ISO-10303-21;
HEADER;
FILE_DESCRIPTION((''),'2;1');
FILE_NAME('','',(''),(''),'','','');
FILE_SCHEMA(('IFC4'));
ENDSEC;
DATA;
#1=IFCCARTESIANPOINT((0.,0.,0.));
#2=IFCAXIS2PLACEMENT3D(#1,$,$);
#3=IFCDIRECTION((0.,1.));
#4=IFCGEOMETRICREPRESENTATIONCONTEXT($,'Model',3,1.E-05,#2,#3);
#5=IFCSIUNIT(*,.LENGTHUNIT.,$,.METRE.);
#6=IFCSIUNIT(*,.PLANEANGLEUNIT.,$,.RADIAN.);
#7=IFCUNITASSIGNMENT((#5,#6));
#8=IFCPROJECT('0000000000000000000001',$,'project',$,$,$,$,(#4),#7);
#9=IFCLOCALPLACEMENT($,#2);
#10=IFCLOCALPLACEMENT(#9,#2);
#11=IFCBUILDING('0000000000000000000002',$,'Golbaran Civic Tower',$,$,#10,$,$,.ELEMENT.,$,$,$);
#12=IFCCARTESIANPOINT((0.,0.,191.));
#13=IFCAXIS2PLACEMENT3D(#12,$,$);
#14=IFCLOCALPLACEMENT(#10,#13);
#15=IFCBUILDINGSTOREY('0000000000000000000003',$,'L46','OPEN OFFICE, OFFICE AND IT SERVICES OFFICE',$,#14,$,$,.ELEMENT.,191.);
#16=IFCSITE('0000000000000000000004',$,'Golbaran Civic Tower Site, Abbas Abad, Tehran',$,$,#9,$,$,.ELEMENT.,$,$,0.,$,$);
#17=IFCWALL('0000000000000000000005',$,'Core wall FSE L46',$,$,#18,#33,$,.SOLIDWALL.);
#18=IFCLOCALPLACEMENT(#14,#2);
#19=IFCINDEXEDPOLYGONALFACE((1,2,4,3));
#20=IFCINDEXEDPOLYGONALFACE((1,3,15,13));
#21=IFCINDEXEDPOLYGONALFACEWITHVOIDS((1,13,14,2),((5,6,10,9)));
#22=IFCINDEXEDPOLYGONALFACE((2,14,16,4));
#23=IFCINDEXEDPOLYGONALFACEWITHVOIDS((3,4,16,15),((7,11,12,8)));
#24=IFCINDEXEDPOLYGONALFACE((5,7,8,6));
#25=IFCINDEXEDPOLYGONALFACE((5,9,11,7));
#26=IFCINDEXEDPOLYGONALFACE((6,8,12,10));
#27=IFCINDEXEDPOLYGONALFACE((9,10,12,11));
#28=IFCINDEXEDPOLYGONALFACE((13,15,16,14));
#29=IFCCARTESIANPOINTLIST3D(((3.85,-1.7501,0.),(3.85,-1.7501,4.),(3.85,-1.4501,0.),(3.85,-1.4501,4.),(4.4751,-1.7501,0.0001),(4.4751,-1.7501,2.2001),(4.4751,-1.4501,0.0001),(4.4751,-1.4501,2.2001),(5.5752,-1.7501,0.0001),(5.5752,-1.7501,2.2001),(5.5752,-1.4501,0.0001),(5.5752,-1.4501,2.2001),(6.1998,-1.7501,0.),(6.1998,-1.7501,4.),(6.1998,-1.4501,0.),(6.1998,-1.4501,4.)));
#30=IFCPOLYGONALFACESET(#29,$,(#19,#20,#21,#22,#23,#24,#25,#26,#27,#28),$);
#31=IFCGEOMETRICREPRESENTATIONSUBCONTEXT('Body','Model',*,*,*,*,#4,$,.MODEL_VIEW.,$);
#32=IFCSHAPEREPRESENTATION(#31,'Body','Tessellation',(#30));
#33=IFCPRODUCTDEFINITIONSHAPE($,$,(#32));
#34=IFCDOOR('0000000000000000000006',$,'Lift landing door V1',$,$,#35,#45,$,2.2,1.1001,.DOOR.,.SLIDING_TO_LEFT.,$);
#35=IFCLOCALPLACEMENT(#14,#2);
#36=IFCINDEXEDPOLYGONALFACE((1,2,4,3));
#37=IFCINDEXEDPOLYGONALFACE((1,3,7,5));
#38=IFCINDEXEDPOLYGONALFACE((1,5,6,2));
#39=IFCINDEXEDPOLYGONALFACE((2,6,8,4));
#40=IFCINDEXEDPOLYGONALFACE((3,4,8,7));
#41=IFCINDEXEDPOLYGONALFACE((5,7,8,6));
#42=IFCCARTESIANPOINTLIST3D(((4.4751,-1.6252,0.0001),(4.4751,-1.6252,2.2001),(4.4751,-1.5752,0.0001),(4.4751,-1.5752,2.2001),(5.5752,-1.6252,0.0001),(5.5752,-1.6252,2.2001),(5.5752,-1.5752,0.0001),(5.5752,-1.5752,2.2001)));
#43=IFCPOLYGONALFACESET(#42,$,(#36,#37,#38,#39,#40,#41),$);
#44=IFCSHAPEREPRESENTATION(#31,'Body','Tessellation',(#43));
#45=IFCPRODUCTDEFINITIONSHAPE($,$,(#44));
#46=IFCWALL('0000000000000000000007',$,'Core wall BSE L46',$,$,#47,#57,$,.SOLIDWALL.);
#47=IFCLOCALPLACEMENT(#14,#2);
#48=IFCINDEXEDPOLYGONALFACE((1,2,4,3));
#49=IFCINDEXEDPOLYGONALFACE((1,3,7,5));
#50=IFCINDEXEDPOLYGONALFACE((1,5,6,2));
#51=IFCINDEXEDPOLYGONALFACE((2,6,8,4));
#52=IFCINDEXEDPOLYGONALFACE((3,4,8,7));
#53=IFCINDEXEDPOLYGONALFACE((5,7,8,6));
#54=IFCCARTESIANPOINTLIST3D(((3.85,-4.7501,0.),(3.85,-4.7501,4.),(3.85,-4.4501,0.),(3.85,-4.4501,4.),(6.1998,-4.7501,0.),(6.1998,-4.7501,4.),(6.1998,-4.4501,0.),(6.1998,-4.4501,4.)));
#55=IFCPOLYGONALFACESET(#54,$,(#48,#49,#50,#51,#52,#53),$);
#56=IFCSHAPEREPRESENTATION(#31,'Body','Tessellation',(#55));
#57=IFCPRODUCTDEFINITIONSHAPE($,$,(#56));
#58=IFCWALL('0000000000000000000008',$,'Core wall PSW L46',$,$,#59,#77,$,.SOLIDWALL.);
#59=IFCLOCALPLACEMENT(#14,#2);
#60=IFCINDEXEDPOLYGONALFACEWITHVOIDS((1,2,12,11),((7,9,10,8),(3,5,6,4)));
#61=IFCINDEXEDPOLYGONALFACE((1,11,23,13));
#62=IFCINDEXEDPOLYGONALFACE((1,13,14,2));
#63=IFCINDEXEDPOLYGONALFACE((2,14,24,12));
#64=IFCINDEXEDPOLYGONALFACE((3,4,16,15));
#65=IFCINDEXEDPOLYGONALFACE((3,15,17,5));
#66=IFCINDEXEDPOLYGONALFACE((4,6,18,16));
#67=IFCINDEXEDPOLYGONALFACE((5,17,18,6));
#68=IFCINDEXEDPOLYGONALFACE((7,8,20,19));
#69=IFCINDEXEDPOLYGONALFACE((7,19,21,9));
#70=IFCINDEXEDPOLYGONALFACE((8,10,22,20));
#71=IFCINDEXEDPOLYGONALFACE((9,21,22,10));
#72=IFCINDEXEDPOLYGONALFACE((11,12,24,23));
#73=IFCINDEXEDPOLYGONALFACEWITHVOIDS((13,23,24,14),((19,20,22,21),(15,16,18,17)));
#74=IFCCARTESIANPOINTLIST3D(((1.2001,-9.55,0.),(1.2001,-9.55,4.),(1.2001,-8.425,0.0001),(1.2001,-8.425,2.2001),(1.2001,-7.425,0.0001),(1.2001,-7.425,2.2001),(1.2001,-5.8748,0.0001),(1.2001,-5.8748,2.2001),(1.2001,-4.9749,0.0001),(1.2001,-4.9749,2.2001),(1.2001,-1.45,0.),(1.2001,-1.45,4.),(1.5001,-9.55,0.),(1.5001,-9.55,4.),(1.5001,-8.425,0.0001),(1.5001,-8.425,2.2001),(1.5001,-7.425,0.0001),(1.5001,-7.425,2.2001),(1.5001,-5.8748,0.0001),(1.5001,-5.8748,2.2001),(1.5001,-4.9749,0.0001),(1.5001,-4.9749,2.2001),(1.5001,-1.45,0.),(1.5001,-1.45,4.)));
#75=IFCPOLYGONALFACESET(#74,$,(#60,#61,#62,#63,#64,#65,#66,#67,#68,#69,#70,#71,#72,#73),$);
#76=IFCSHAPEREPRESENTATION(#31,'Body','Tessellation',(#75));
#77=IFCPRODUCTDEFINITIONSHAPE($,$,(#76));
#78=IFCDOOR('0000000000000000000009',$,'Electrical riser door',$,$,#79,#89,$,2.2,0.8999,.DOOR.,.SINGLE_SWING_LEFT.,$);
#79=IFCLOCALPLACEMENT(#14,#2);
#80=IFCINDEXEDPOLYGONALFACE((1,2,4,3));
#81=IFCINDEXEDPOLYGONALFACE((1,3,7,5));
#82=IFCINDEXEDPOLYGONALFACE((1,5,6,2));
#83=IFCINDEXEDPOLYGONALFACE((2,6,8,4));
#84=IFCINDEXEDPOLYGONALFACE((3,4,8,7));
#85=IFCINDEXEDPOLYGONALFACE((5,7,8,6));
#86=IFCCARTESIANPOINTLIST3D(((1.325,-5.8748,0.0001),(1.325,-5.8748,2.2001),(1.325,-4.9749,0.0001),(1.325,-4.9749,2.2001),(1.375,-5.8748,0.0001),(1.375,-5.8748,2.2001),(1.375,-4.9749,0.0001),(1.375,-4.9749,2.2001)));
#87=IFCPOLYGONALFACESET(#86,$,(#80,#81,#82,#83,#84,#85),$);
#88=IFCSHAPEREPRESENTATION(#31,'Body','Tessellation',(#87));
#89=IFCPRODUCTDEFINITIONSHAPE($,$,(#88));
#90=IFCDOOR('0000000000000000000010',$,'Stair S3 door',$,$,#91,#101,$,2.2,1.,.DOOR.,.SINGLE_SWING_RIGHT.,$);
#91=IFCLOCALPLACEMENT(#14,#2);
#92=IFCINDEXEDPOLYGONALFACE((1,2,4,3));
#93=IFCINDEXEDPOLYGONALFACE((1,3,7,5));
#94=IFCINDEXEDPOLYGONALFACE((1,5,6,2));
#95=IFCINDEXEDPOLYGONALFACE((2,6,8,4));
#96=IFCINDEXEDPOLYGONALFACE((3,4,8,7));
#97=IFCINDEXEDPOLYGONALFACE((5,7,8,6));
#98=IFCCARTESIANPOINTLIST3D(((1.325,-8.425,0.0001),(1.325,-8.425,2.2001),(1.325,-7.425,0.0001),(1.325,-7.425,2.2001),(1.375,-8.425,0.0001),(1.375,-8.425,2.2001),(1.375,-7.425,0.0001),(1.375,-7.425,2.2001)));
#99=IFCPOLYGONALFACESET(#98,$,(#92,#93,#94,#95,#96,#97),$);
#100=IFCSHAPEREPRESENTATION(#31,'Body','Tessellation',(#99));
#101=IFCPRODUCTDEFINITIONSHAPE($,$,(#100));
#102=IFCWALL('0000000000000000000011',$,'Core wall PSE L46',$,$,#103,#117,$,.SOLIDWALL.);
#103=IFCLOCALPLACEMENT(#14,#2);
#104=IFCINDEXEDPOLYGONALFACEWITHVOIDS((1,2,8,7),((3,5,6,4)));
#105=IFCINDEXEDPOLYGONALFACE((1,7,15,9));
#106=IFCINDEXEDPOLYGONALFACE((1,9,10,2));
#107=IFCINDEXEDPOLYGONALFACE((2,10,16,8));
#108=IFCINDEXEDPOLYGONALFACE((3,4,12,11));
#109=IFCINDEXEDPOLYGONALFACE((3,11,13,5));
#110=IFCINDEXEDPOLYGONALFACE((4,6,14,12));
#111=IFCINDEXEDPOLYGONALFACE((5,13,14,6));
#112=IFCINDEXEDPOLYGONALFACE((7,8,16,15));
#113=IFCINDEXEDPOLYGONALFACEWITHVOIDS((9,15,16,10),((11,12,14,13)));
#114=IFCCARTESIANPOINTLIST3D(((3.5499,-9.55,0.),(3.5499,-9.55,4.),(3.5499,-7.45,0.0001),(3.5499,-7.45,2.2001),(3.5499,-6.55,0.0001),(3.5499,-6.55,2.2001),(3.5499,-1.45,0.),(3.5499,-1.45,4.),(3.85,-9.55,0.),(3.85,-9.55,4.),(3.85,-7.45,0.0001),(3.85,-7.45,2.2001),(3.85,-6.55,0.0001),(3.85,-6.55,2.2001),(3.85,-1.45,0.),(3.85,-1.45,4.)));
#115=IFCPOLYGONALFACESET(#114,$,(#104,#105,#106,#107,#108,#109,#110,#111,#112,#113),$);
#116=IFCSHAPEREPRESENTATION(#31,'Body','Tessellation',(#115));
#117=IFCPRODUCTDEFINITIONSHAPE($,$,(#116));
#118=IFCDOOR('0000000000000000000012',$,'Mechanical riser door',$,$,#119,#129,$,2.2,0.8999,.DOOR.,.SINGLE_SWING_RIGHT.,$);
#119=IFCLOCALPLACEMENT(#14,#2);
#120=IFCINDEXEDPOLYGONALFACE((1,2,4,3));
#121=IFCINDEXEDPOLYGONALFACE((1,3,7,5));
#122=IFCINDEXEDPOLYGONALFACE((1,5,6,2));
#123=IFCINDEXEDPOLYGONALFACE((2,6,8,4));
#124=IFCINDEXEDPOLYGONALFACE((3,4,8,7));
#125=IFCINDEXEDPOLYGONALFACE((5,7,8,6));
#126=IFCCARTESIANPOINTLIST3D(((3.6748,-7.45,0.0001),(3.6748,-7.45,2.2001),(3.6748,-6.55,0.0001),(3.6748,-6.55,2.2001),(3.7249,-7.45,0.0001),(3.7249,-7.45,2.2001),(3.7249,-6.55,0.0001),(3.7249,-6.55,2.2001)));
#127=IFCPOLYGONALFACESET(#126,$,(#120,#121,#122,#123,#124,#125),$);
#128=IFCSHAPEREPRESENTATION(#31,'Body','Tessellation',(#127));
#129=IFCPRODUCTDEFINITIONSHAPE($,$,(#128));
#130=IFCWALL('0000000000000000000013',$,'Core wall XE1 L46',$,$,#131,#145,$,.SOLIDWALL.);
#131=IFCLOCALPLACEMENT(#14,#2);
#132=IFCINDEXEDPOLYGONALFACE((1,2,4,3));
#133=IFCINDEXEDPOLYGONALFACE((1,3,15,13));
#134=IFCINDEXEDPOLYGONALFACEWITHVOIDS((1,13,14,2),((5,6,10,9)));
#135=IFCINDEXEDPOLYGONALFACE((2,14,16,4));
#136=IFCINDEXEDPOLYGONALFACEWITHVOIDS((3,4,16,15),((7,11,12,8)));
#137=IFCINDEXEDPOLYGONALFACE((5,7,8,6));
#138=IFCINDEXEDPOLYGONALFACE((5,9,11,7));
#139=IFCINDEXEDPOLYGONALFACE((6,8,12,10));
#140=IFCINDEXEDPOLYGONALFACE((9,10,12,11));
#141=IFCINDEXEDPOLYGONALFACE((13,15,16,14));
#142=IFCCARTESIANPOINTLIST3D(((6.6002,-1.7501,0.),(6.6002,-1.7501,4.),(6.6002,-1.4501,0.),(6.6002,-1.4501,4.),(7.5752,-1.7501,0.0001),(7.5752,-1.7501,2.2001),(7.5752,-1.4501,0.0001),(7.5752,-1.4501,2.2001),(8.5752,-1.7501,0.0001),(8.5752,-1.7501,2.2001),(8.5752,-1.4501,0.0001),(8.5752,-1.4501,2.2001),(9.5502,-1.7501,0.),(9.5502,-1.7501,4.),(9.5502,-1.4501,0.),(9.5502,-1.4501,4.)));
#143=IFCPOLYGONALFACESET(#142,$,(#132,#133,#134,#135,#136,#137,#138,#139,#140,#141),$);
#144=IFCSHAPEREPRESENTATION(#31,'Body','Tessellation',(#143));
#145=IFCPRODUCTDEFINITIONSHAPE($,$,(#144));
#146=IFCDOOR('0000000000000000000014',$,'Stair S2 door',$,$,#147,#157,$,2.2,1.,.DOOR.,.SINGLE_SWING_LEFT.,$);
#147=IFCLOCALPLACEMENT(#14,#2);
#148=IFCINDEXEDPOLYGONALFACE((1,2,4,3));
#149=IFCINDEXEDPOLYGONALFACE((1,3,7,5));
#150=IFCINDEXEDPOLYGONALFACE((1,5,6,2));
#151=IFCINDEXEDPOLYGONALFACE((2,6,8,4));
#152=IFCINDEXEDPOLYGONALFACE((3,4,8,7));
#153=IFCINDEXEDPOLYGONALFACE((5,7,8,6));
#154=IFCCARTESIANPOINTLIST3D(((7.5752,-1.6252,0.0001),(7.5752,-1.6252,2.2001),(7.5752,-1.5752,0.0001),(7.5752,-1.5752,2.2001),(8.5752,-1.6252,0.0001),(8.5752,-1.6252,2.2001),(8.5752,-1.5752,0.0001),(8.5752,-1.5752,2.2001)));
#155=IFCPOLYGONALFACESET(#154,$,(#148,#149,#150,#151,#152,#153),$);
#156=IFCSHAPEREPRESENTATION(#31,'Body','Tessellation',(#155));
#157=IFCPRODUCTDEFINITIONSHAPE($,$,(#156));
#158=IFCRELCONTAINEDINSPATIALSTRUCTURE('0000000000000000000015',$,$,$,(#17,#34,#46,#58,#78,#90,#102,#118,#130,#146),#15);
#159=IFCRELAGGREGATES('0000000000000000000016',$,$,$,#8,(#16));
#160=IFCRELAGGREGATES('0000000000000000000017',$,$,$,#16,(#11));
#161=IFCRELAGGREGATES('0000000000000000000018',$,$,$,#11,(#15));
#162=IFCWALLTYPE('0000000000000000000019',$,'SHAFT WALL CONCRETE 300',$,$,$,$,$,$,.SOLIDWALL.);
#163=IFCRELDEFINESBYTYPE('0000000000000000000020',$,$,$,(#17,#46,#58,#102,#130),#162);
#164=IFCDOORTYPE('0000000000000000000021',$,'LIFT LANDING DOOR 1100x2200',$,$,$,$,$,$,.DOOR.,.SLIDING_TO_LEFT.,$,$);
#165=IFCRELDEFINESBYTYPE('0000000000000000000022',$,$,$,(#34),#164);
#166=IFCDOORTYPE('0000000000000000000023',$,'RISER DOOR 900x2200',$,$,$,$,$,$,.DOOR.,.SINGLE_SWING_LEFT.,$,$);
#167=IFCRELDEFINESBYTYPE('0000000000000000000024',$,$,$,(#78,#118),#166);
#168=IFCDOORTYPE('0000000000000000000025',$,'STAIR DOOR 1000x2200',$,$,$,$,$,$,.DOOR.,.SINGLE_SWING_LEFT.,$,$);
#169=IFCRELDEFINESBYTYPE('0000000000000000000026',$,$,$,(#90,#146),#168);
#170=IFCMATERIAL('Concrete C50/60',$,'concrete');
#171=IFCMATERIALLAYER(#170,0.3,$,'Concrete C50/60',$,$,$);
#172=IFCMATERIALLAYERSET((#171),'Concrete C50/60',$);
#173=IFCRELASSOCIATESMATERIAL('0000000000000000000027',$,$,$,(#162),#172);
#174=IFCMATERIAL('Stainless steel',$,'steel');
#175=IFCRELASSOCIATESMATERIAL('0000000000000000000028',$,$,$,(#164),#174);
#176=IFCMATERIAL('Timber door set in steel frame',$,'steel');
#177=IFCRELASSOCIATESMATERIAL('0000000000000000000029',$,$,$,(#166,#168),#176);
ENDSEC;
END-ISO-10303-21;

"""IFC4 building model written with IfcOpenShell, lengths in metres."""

from ifc_helpers import new_model, si_unit, direction, frame, frame_2d, origin, place, context, subcontext, project, spatial, rectangle, extrude, material, layer, layer_set, type_object, element, fill, save


model = new_model("IFC4")

# Units and contexts
model_context = context("Model", 3, precision=1e-05, world=origin(), true_north=direction((0.0, 1.0)))
body_context = subcontext(model_context, "Body", "Model", "MODEL_VIEW")
ifc_project = project(units=[si_unit("LENGTHUNIT", "METRE"), si_unit("PLANEANGLEUNIT", "RADIAN")], contexts=[model_context])

# Site, building, storey
site_placement = place(None, origin())
site = spatial("IfcSite", under=ifc_project, at=site_placement, Name="Golbaran Civic Tower Site, Abbas Abad, Tehran", CompositionType="ELEMENT", RefElevation=0.0)
building_placement = place(site_placement, origin())
building = spatial("IfcBuilding", under=site, at=building_placement, Name="Golbaran Civic Tower", CompositionType="ELEMENT")
storey_placement = place(building_placement, frame((0.0, 0.0, 191.0)))
storey = spatial("IfcBuildingStorey", under=building, at=storey_placement, Name="L46", Description="OPEN OFFICE, OFFICE AND IT SERVICES OFFICE", CompositionType="ELEMENT", Elevation=191.0)

# Wall, opening, door
ifc_material_1 = material(Name="Concrete C50/60", Category="concrete")
ifc_layer_1 = layer(ifc_material_1, 0.3, Name="Concrete C50/60")
ifc_layer_set_1 = layer_set([ifc_layer_1], Name="Concrete C50/60")
wall_type = type_object("IfcWallType", Name="SHAFT WALL CONCRETE 300", PredefinedType="SOLIDWALL", material=ifc_layer_set_1)
wall_1_placement = place(storey_placement, frame((3.8501, -1.6001, 0.0), z_axis=(0.0, 0.0, 1.0), x_axis=(1.0, 0.0, 0.0)))
wall_1 = element("IfcWall", 1, at=wall_1_placement, inside=storey, type_object=wall_type, Name="Core wall FSE L46", PredefinedType="SOLIDWALL", context=body_context, shape_type="SweptSolid", body=[
    extrude(rectangle(XDim=2.3499, YDim=0.3, at=frame_2d((1.1748, 0.0))), origin(), (0.0, 0.0, 1.0), 4.0),
])
opening_1_placement = place(wall_1_placement, frame((0.625, 0.0, 0.0)))
opening_1 = element("IfcOpeningElement", 2, at=opening_1_placement, cuts=wall_1, PredefinedType="OPENING", context=body_context, shape_type="SweptSolid", body=[
    extrude(rectangle(XDim=1.1001, YDim=2.2, at=frame_2d((0.55, 1.1001))), frame((0.0, 0.1599, 0.0), z_axis=(0.0, -1.0, 0.0), x_axis=(1.0, 0.0, 0.0)), (0.0, 0.0, 1.0), 0.3201),
])
ifc_material_2 = material(Name="Stainless steel", Category="steel")
door_type_1 = type_object("IfcDoorType", Name="LIFT LANDING DOOR 1100x2200", OperationType="SLIDING_TO_LEFT", PredefinedType="DOOR", material=ifc_material_2)
door_1_placement = place(opening_1_placement, origin())
door_1 = element("IfcDoor", 3, at=door_1_placement, inside=storey, type_object=door_type_1, Name="Lift landing door V1", OperationType="SLIDING_TO_LEFT", OverallHeight=2.2, OverallWidth=1.1001, PredefinedType="DOOR", context=body_context, shape_type="SweptSolid", body=[
    extrude(rectangle(XDim=1.1001, YDim=2.2, at=frame_2d((0.55, 1.1001))), frame((0.0, 0.0249, 0.0), z_axis=(0.0, -1.0, 0.0), x_axis=(1.0, 0.0, 0.0)), (0.0, 0.0, 1.0), 0.05),
])
fill(opening_1, door_1)

# Wall
wall_2_placement = place(storey_placement, frame((3.8501, -4.6001, 0.0), z_axis=(0.0, 0.0, 1.0), x_axis=(1.0, 0.0, 0.0)))
element("IfcWall", 4, at=wall_2_placement, inside=storey, type_object=wall_type, Name="Core wall BSE L46", PredefinedType="SOLIDWALL", context=body_context, shape_type="SweptSolid", body=[
    extrude(rectangle(XDim=2.3499, YDim=0.3, at=frame_2d((1.1748, 0.0))), origin(), (0.0, 0.0, 1.0), 4.0),
])

# Wall, openings, doors
wall_3_placement = place(storey_placement, frame((1.3501, -1.45, 0.0), z_axis=(0.0, 0.0, 1.0), x_axis=(0.0, -1.0, 0.0)))
wall_3 = element("IfcWall", 5, at=wall_3_placement, inside=storey, type_object=wall_type, Name="Core wall PSW L46", PredefinedType="SOLIDWALL", context=body_context, shape_type="SweptSolid", body=[
    extrude(rectangle(XDim=8.1001, YDim=0.3, at=frame_2d((4.05, 0.0))), origin(), (0.0, 0.0, 1.0), 4.0),
])
opening_2_placement = place(wall_3_placement, frame((5.9751, 0.0, 0.0)))
opening_2 = element("IfcOpeningElement", 6, at=opening_2_placement, cuts=wall_3, PredefinedType="OPENING", context=body_context, shape_type="SweptSolid", body=[
    extrude(rectangle(XDim=1.0, YDim=2.2, at=frame_2d((0.5, 1.1001))), frame((0.0, 0.1599, 0.0), z_axis=(0.0, -1.0, 0.0), x_axis=(1.0, 0.0, 0.0)), (0.0, 0.0, 1.0), 0.3201),
])
opening_3_placement = place(wall_3_placement, frame((3.5249, 0.0, 0.0)))
opening_3 = element("IfcOpeningElement", 7, at=opening_3_placement, cuts=wall_3, PredefinedType="OPENING", context=body_context, shape_type="SweptSolid", body=[
    extrude(rectangle(XDim=0.8999, YDim=2.2, at=frame_2d((0.45, 1.1001))), frame((0.0, 0.1599, 0.0), z_axis=(0.0, -1.0, 0.0), x_axis=(1.0, 0.0, 0.0)), (0.0, 0.0, 1.0), 0.3201),
])
ifc_material_3 = material(Name="Timber door set in steel frame", Category="steel")
door_type_2 = type_object("IfcDoorType", Name="RISER DOOR 900x2200", OperationType="SINGLE_SWING_LEFT", PredefinedType="DOOR", material=ifc_material_3)
door_2_placement = place(opening_3_placement, origin())
door_2 = element("IfcDoor", 8, at=door_2_placement, inside=storey, type_object=door_type_2, Name="Electrical riser door", OperationType="SINGLE_SWING_LEFT", OverallHeight=2.2, OverallWidth=0.8999, PredefinedType="DOOR", context=body_context, shape_type="SweptSolid", body=[
    extrude(rectangle(XDim=0.8999, YDim=2.2, at=frame_2d((0.45, 1.1001))), frame((0.0, 0.0249, 0.0), z_axis=(0.0, -1.0, 0.0), x_axis=(1.0, 0.0, 0.0)), (0.0, 0.0, 1.0), 0.05),
])
fill(opening_3, door_2)
door_type_3 = type_object("IfcDoorType", Name="STAIR DOOR 1000x2200", OperationType="SINGLE_SWING_LEFT", PredefinedType="DOOR", material=ifc_material_3)
door_3_placement = place(opening_2_placement, origin())
door_3 = element("IfcDoor", 9, at=door_3_placement, inside=storey, type_object=door_type_3, Name="Stair S3 door", OperationType="SINGLE_SWING_RIGHT", OverallHeight=2.2, OverallWidth=1.0, PredefinedType="DOOR", context=body_context, shape_type="SweptSolid", body=[
    extrude(rectangle(XDim=1.0, YDim=2.2, at=frame_2d((0.5, 1.1001))), frame((0.0, 0.0249, 0.0), z_axis=(0.0, -1.0, 0.0), x_axis=(1.0, 0.0, 0.0)), (0.0, 0.0, 1.0), 0.05),
])
fill(opening_2, door_3)

# Walls, openings, doors
wall_4_placement = place(storey_placement, frame((3.7, -1.45, 0.0), z_axis=(0.0, 0.0, 1.0), x_axis=(0.0, -1.0, 0.0)))
wall_4 = element("IfcWall", 10, at=wall_4_placement, inside=storey, type_object=wall_type, Name="Core wall PSE L46", PredefinedType="SOLIDWALL", context=body_context, shape_type="SweptSolid", body=[
    extrude(rectangle(XDim=8.1001, YDim=0.3, at=frame_2d((4.05, 0.0))), origin(), (0.0, 0.0, 1.0), 4.0),
])
opening_4_placement = place(wall_4_placement, frame((5.1001, 0.0, 0.0)))
opening_4 = element("IfcOpeningElement", 11, at=opening_4_placement, cuts=wall_4, PredefinedType="OPENING", context=body_context, shape_type="SweptSolid", body=[
    extrude(rectangle(XDim=0.8999, YDim=2.2, at=frame_2d((0.45, 1.1001))), frame((0.0, 0.1599, 0.0), z_axis=(0.0, -1.0, 0.0), x_axis=(1.0, 0.0, 0.0)), (0.0, 0.0, 1.0), 0.3201),
])
door_4_placement = place(opening_4_placement, origin())
door_4 = element("IfcDoor", 12, at=door_4_placement, inside=storey, type_object=door_type_2, Name="Mechanical riser door", OperationType="SINGLE_SWING_RIGHT", OverallHeight=2.2, OverallWidth=0.8999, PredefinedType="DOOR", context=body_context, shape_type="SweptSolid", body=[
    extrude(rectangle(XDim=0.8999, YDim=2.2, at=frame_2d((0.45, 1.1001))), frame((0.0, 0.0249, 0.0), z_axis=(0.0, -1.0, 0.0), x_axis=(1.0, 0.0, 0.0)), (0.0, 0.0, 1.0), 0.05),
])
fill(opening_4, door_4)
wall_5_placement = place(storey_placement, frame((6.6001, -1.6001, 0.0), z_axis=(0.0, 0.0, 1.0), x_axis=(1.0, 0.0, 0.0)))
wall_5 = element("IfcWall", 13, at=wall_5_placement, inside=storey, type_object=wall_type, Name="Core wall XE1 L46", PredefinedType="SOLIDWALL", context=body_context, shape_type="SweptSolid", body=[
    extrude(rectangle(XDim=2.95, YDim=0.3, at=frame_2d((1.4751, 0.0))), origin(), (0.0, 0.0, 1.0), 4.0),
])
opening_5_placement = place(wall_5_placement, frame((0.9751, 0.0, 0.0)))
opening_5 = element("IfcOpeningElement", 14, at=opening_5_placement, cuts=wall_5, PredefinedType="OPENING", context=body_context, shape_type="SweptSolid", body=[
    extrude(rectangle(XDim=1.0, YDim=2.2, at=frame_2d((0.5, 1.1001))), frame((0.0, 0.1599, 0.0), z_axis=(0.0, -1.0, 0.0), x_axis=(1.0, 0.0, 0.0)), (0.0, 0.0, 1.0), 0.3201),
])
door_5_placement = place(opening_5_placement, origin())
door_5 = element("IfcDoor", 15, at=door_5_placement, inside=storey, type_object=door_type_3, Name="Stair S2 door", OperationType="SINGLE_SWING_LEFT", OverallHeight=2.2, OverallWidth=1.0, PredefinedType="DOOR", context=body_context, shape_type="SweptSolid", body=[
    extrude(rectangle(XDim=1.0, YDim=2.2, at=frame_2d((0.5, 1.1001))), frame((0.0, 0.0249, 0.0), z_axis=(0.0, -1.0, 0.0), x_axis=(1.0, 0.0, 0.0)), (0.0, 0.0, 1.0), 0.05),
])
fill(opening_5, door_5)

save(model, "model.ifc")
